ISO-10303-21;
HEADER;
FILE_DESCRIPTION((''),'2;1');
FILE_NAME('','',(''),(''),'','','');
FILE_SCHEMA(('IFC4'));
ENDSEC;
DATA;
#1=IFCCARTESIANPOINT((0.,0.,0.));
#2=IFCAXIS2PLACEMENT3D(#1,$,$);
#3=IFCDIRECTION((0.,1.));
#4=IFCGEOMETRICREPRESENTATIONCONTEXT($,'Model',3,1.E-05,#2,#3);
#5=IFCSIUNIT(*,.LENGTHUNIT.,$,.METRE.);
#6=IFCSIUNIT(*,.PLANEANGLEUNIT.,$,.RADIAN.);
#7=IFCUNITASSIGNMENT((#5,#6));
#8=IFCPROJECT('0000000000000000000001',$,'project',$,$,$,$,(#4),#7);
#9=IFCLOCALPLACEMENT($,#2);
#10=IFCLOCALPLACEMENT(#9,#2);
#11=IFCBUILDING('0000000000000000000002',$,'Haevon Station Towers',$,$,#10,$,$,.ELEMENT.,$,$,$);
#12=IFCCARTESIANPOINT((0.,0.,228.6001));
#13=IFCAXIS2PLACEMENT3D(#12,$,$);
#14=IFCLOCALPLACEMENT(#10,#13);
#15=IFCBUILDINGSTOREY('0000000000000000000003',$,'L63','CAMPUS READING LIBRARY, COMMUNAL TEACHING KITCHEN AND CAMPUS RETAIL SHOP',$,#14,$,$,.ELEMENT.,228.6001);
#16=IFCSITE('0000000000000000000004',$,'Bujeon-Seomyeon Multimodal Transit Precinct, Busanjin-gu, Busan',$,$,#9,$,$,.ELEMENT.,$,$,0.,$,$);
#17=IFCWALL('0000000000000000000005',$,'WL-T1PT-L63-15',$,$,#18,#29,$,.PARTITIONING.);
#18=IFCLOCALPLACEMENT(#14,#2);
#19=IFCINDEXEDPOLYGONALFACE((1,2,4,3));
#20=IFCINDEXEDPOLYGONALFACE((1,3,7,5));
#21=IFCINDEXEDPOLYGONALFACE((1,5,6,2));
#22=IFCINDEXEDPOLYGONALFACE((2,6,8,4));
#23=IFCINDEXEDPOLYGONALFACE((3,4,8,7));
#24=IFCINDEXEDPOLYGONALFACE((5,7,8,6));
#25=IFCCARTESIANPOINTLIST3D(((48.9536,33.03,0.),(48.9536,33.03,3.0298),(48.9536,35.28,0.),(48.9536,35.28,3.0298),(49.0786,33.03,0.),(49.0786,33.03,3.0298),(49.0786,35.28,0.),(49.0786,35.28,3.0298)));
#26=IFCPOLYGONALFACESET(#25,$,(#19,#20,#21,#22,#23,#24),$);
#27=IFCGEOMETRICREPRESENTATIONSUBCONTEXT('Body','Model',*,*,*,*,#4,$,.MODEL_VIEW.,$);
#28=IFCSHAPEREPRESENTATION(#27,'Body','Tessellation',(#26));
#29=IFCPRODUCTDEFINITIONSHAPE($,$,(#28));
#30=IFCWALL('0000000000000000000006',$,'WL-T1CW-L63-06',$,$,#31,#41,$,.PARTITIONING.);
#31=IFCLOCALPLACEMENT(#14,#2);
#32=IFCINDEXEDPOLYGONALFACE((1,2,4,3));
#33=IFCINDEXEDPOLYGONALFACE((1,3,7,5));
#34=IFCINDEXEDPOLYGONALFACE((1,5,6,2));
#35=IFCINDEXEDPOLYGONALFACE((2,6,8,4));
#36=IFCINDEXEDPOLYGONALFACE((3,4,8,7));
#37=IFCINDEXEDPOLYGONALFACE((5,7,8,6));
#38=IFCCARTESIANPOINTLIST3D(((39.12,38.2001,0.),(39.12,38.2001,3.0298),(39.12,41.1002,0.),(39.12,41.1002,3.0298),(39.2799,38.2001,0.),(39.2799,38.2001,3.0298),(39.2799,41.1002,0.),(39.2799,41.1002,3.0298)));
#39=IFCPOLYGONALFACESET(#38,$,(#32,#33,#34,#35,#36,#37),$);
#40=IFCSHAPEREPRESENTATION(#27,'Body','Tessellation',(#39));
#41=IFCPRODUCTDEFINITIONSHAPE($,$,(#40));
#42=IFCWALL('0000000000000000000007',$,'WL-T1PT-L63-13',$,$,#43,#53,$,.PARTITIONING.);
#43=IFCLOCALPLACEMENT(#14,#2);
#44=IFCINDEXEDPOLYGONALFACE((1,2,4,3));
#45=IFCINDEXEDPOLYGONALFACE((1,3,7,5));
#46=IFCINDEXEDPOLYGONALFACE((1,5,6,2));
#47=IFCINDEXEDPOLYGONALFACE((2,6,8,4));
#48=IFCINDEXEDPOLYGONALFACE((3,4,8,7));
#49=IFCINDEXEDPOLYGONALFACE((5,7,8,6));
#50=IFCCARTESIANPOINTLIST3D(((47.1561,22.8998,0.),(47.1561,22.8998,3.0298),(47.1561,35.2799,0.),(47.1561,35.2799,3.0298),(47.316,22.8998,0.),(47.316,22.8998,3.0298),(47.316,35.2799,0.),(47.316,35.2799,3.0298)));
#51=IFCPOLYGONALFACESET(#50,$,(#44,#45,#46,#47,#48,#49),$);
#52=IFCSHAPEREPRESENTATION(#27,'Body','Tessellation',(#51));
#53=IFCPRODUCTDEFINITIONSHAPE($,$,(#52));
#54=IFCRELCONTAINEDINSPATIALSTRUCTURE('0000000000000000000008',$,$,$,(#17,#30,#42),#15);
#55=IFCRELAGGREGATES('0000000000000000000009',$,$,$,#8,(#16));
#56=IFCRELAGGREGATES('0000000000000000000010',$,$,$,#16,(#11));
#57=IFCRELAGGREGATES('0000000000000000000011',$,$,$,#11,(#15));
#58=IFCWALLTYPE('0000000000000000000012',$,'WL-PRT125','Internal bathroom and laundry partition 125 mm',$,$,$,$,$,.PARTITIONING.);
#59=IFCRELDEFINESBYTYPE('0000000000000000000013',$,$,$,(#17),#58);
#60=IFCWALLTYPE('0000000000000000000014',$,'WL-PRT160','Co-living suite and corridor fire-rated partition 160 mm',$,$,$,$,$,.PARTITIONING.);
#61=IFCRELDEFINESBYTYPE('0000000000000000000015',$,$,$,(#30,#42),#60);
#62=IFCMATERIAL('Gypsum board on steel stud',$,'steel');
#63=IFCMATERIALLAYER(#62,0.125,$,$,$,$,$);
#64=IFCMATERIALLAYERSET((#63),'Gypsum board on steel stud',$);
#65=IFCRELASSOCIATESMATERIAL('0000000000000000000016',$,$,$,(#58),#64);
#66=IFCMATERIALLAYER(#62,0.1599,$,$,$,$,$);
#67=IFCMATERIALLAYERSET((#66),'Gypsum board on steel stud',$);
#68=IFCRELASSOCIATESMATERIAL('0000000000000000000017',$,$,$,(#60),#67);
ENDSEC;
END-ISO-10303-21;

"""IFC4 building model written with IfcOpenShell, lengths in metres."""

from ifc_helpers import new_model, si_unit, direction, frame, frame_2d, origin, place, context, subcontext, project, spatial, rectangle, extrude, material, layer, layer_set, type_object, element, save


model = new_model("IFC4")

# Units and contexts
model_context = context("Model", 3, precision=1e-05, world=origin(), true_north=direction((0.0, 1.0)))
body_context = subcontext(model_context, "Body", "Model", "MODEL_VIEW")
ifc_project = project(units=[si_unit("LENGTHUNIT", "METRE"), si_unit("PLANEANGLEUNIT", "RADIAN")], contexts=[model_context])

# Site, building, storey
site_placement = place(None, origin())
site = spatial("IfcSite", under=ifc_project, at=site_placement, Name="Bujeon-Seomyeon Multimodal Transit Precinct, Busanjin-gu, Busan", CompositionType="ELEMENT", RefElevation=0.0)
building_placement = place(site_placement, origin())
building = spatial("IfcBuilding", under=site, at=building_placement, Name="Haevon Station Towers", CompositionType="ELEMENT")
storey_placement = place(building_placement, frame((0.0, 0.0, 228.6001)))
storey = spatial("IfcBuildingStorey", under=building, at=storey_placement, Name="L63", Description="CAMPUS READING LIBRARY, COMMUNAL TEACHING KITCHEN AND CAMPUS RETAIL SHOP", CompositionType="ELEMENT", Elevation=228.6001)

# Walls
ifc_material_1 = material(Name="Gypsum board on steel stud", Category="steel")
ifc_layer_1 = layer(ifc_material_1, 0.125)
ifc_layer_set_1 = layer_set([ifc_layer_1], Name="Gypsum board on steel stud")
wall_type_1 = type_object("IfcWallType", Name="WL-PRT125", Description="Internal bathroom and laundry partition 125 mm", PredefinedType="PARTITIONING", material=ifc_layer_set_1)
wall_1_placement = place(storey_placement, frame((49.0161, 33.03, 0.0), z_axis=(0.0, 0.0, 1.0), x_axis=(0.0, 1.0, 0.0)))
element("IfcWall", 1, at=wall_1_placement, inside=storey, type_object=wall_type_1, Name="WL-T1PT-L63-15", PredefinedType="PARTITIONING", context=body_context, shape_type="SweptSolid", body=[
    extrude(rectangle(XDim=2.25, YDim=0.125, at=frame_2d((1.125, 0.0))), origin(), (0.0, 0.0, 1.0), 3.0298),
])
ifc_layer_2 = layer(ifc_material_1, 0.1599)
ifc_layer_set_2 = layer_set([ifc_layer_2], Name="Gypsum board on steel stud")
wall_type_2 = type_object("IfcWallType", Name="WL-PRT160", Description="Co-living suite and corridor fire-rated partition 160 mm", PredefinedType="PARTITIONING", material=ifc_layer_set_2)
wall_2_placement = place(storey_placement, frame((39.2, 38.2, 0.0), z_axis=(0.0, 0.0, 1.0), x_axis=(0.0, 1.0, 0.0)))
element("IfcWall", 2, at=wall_2_placement, inside=storey, type_object=wall_type_2, Name="WL-T1CW-L63-06", PredefinedType="PARTITIONING", context=body_context, shape_type="SweptSolid", body=[
    extrude(rectangle(XDim=2.9001, YDim=0.1599, at=frame_2d((1.4502, 0.0))), origin(), (0.0, 0.0, 1.0), 3.0298),
])
wall_3_placement = place(storey_placement, frame((47.2361, 22.8999, 0.0), z_axis=(0.0, 0.0, 1.0), x_axis=(0.0, 1.0, 0.0)))
element("IfcWall", 3, at=wall_3_placement, inside=storey, type_object=wall_type_2, Name="WL-T1PT-L63-13", PredefinedType="PARTITIONING", context=body_context, shape_type="SweptSolid", body=[
    extrude(rectangle(XDim=12.3801, YDim=0.1599, at=frame_2d((6.1899, 0.0))), origin(), (0.0, 0.0, 1.0), 3.0298),
])

save(model, "model.ifc")
